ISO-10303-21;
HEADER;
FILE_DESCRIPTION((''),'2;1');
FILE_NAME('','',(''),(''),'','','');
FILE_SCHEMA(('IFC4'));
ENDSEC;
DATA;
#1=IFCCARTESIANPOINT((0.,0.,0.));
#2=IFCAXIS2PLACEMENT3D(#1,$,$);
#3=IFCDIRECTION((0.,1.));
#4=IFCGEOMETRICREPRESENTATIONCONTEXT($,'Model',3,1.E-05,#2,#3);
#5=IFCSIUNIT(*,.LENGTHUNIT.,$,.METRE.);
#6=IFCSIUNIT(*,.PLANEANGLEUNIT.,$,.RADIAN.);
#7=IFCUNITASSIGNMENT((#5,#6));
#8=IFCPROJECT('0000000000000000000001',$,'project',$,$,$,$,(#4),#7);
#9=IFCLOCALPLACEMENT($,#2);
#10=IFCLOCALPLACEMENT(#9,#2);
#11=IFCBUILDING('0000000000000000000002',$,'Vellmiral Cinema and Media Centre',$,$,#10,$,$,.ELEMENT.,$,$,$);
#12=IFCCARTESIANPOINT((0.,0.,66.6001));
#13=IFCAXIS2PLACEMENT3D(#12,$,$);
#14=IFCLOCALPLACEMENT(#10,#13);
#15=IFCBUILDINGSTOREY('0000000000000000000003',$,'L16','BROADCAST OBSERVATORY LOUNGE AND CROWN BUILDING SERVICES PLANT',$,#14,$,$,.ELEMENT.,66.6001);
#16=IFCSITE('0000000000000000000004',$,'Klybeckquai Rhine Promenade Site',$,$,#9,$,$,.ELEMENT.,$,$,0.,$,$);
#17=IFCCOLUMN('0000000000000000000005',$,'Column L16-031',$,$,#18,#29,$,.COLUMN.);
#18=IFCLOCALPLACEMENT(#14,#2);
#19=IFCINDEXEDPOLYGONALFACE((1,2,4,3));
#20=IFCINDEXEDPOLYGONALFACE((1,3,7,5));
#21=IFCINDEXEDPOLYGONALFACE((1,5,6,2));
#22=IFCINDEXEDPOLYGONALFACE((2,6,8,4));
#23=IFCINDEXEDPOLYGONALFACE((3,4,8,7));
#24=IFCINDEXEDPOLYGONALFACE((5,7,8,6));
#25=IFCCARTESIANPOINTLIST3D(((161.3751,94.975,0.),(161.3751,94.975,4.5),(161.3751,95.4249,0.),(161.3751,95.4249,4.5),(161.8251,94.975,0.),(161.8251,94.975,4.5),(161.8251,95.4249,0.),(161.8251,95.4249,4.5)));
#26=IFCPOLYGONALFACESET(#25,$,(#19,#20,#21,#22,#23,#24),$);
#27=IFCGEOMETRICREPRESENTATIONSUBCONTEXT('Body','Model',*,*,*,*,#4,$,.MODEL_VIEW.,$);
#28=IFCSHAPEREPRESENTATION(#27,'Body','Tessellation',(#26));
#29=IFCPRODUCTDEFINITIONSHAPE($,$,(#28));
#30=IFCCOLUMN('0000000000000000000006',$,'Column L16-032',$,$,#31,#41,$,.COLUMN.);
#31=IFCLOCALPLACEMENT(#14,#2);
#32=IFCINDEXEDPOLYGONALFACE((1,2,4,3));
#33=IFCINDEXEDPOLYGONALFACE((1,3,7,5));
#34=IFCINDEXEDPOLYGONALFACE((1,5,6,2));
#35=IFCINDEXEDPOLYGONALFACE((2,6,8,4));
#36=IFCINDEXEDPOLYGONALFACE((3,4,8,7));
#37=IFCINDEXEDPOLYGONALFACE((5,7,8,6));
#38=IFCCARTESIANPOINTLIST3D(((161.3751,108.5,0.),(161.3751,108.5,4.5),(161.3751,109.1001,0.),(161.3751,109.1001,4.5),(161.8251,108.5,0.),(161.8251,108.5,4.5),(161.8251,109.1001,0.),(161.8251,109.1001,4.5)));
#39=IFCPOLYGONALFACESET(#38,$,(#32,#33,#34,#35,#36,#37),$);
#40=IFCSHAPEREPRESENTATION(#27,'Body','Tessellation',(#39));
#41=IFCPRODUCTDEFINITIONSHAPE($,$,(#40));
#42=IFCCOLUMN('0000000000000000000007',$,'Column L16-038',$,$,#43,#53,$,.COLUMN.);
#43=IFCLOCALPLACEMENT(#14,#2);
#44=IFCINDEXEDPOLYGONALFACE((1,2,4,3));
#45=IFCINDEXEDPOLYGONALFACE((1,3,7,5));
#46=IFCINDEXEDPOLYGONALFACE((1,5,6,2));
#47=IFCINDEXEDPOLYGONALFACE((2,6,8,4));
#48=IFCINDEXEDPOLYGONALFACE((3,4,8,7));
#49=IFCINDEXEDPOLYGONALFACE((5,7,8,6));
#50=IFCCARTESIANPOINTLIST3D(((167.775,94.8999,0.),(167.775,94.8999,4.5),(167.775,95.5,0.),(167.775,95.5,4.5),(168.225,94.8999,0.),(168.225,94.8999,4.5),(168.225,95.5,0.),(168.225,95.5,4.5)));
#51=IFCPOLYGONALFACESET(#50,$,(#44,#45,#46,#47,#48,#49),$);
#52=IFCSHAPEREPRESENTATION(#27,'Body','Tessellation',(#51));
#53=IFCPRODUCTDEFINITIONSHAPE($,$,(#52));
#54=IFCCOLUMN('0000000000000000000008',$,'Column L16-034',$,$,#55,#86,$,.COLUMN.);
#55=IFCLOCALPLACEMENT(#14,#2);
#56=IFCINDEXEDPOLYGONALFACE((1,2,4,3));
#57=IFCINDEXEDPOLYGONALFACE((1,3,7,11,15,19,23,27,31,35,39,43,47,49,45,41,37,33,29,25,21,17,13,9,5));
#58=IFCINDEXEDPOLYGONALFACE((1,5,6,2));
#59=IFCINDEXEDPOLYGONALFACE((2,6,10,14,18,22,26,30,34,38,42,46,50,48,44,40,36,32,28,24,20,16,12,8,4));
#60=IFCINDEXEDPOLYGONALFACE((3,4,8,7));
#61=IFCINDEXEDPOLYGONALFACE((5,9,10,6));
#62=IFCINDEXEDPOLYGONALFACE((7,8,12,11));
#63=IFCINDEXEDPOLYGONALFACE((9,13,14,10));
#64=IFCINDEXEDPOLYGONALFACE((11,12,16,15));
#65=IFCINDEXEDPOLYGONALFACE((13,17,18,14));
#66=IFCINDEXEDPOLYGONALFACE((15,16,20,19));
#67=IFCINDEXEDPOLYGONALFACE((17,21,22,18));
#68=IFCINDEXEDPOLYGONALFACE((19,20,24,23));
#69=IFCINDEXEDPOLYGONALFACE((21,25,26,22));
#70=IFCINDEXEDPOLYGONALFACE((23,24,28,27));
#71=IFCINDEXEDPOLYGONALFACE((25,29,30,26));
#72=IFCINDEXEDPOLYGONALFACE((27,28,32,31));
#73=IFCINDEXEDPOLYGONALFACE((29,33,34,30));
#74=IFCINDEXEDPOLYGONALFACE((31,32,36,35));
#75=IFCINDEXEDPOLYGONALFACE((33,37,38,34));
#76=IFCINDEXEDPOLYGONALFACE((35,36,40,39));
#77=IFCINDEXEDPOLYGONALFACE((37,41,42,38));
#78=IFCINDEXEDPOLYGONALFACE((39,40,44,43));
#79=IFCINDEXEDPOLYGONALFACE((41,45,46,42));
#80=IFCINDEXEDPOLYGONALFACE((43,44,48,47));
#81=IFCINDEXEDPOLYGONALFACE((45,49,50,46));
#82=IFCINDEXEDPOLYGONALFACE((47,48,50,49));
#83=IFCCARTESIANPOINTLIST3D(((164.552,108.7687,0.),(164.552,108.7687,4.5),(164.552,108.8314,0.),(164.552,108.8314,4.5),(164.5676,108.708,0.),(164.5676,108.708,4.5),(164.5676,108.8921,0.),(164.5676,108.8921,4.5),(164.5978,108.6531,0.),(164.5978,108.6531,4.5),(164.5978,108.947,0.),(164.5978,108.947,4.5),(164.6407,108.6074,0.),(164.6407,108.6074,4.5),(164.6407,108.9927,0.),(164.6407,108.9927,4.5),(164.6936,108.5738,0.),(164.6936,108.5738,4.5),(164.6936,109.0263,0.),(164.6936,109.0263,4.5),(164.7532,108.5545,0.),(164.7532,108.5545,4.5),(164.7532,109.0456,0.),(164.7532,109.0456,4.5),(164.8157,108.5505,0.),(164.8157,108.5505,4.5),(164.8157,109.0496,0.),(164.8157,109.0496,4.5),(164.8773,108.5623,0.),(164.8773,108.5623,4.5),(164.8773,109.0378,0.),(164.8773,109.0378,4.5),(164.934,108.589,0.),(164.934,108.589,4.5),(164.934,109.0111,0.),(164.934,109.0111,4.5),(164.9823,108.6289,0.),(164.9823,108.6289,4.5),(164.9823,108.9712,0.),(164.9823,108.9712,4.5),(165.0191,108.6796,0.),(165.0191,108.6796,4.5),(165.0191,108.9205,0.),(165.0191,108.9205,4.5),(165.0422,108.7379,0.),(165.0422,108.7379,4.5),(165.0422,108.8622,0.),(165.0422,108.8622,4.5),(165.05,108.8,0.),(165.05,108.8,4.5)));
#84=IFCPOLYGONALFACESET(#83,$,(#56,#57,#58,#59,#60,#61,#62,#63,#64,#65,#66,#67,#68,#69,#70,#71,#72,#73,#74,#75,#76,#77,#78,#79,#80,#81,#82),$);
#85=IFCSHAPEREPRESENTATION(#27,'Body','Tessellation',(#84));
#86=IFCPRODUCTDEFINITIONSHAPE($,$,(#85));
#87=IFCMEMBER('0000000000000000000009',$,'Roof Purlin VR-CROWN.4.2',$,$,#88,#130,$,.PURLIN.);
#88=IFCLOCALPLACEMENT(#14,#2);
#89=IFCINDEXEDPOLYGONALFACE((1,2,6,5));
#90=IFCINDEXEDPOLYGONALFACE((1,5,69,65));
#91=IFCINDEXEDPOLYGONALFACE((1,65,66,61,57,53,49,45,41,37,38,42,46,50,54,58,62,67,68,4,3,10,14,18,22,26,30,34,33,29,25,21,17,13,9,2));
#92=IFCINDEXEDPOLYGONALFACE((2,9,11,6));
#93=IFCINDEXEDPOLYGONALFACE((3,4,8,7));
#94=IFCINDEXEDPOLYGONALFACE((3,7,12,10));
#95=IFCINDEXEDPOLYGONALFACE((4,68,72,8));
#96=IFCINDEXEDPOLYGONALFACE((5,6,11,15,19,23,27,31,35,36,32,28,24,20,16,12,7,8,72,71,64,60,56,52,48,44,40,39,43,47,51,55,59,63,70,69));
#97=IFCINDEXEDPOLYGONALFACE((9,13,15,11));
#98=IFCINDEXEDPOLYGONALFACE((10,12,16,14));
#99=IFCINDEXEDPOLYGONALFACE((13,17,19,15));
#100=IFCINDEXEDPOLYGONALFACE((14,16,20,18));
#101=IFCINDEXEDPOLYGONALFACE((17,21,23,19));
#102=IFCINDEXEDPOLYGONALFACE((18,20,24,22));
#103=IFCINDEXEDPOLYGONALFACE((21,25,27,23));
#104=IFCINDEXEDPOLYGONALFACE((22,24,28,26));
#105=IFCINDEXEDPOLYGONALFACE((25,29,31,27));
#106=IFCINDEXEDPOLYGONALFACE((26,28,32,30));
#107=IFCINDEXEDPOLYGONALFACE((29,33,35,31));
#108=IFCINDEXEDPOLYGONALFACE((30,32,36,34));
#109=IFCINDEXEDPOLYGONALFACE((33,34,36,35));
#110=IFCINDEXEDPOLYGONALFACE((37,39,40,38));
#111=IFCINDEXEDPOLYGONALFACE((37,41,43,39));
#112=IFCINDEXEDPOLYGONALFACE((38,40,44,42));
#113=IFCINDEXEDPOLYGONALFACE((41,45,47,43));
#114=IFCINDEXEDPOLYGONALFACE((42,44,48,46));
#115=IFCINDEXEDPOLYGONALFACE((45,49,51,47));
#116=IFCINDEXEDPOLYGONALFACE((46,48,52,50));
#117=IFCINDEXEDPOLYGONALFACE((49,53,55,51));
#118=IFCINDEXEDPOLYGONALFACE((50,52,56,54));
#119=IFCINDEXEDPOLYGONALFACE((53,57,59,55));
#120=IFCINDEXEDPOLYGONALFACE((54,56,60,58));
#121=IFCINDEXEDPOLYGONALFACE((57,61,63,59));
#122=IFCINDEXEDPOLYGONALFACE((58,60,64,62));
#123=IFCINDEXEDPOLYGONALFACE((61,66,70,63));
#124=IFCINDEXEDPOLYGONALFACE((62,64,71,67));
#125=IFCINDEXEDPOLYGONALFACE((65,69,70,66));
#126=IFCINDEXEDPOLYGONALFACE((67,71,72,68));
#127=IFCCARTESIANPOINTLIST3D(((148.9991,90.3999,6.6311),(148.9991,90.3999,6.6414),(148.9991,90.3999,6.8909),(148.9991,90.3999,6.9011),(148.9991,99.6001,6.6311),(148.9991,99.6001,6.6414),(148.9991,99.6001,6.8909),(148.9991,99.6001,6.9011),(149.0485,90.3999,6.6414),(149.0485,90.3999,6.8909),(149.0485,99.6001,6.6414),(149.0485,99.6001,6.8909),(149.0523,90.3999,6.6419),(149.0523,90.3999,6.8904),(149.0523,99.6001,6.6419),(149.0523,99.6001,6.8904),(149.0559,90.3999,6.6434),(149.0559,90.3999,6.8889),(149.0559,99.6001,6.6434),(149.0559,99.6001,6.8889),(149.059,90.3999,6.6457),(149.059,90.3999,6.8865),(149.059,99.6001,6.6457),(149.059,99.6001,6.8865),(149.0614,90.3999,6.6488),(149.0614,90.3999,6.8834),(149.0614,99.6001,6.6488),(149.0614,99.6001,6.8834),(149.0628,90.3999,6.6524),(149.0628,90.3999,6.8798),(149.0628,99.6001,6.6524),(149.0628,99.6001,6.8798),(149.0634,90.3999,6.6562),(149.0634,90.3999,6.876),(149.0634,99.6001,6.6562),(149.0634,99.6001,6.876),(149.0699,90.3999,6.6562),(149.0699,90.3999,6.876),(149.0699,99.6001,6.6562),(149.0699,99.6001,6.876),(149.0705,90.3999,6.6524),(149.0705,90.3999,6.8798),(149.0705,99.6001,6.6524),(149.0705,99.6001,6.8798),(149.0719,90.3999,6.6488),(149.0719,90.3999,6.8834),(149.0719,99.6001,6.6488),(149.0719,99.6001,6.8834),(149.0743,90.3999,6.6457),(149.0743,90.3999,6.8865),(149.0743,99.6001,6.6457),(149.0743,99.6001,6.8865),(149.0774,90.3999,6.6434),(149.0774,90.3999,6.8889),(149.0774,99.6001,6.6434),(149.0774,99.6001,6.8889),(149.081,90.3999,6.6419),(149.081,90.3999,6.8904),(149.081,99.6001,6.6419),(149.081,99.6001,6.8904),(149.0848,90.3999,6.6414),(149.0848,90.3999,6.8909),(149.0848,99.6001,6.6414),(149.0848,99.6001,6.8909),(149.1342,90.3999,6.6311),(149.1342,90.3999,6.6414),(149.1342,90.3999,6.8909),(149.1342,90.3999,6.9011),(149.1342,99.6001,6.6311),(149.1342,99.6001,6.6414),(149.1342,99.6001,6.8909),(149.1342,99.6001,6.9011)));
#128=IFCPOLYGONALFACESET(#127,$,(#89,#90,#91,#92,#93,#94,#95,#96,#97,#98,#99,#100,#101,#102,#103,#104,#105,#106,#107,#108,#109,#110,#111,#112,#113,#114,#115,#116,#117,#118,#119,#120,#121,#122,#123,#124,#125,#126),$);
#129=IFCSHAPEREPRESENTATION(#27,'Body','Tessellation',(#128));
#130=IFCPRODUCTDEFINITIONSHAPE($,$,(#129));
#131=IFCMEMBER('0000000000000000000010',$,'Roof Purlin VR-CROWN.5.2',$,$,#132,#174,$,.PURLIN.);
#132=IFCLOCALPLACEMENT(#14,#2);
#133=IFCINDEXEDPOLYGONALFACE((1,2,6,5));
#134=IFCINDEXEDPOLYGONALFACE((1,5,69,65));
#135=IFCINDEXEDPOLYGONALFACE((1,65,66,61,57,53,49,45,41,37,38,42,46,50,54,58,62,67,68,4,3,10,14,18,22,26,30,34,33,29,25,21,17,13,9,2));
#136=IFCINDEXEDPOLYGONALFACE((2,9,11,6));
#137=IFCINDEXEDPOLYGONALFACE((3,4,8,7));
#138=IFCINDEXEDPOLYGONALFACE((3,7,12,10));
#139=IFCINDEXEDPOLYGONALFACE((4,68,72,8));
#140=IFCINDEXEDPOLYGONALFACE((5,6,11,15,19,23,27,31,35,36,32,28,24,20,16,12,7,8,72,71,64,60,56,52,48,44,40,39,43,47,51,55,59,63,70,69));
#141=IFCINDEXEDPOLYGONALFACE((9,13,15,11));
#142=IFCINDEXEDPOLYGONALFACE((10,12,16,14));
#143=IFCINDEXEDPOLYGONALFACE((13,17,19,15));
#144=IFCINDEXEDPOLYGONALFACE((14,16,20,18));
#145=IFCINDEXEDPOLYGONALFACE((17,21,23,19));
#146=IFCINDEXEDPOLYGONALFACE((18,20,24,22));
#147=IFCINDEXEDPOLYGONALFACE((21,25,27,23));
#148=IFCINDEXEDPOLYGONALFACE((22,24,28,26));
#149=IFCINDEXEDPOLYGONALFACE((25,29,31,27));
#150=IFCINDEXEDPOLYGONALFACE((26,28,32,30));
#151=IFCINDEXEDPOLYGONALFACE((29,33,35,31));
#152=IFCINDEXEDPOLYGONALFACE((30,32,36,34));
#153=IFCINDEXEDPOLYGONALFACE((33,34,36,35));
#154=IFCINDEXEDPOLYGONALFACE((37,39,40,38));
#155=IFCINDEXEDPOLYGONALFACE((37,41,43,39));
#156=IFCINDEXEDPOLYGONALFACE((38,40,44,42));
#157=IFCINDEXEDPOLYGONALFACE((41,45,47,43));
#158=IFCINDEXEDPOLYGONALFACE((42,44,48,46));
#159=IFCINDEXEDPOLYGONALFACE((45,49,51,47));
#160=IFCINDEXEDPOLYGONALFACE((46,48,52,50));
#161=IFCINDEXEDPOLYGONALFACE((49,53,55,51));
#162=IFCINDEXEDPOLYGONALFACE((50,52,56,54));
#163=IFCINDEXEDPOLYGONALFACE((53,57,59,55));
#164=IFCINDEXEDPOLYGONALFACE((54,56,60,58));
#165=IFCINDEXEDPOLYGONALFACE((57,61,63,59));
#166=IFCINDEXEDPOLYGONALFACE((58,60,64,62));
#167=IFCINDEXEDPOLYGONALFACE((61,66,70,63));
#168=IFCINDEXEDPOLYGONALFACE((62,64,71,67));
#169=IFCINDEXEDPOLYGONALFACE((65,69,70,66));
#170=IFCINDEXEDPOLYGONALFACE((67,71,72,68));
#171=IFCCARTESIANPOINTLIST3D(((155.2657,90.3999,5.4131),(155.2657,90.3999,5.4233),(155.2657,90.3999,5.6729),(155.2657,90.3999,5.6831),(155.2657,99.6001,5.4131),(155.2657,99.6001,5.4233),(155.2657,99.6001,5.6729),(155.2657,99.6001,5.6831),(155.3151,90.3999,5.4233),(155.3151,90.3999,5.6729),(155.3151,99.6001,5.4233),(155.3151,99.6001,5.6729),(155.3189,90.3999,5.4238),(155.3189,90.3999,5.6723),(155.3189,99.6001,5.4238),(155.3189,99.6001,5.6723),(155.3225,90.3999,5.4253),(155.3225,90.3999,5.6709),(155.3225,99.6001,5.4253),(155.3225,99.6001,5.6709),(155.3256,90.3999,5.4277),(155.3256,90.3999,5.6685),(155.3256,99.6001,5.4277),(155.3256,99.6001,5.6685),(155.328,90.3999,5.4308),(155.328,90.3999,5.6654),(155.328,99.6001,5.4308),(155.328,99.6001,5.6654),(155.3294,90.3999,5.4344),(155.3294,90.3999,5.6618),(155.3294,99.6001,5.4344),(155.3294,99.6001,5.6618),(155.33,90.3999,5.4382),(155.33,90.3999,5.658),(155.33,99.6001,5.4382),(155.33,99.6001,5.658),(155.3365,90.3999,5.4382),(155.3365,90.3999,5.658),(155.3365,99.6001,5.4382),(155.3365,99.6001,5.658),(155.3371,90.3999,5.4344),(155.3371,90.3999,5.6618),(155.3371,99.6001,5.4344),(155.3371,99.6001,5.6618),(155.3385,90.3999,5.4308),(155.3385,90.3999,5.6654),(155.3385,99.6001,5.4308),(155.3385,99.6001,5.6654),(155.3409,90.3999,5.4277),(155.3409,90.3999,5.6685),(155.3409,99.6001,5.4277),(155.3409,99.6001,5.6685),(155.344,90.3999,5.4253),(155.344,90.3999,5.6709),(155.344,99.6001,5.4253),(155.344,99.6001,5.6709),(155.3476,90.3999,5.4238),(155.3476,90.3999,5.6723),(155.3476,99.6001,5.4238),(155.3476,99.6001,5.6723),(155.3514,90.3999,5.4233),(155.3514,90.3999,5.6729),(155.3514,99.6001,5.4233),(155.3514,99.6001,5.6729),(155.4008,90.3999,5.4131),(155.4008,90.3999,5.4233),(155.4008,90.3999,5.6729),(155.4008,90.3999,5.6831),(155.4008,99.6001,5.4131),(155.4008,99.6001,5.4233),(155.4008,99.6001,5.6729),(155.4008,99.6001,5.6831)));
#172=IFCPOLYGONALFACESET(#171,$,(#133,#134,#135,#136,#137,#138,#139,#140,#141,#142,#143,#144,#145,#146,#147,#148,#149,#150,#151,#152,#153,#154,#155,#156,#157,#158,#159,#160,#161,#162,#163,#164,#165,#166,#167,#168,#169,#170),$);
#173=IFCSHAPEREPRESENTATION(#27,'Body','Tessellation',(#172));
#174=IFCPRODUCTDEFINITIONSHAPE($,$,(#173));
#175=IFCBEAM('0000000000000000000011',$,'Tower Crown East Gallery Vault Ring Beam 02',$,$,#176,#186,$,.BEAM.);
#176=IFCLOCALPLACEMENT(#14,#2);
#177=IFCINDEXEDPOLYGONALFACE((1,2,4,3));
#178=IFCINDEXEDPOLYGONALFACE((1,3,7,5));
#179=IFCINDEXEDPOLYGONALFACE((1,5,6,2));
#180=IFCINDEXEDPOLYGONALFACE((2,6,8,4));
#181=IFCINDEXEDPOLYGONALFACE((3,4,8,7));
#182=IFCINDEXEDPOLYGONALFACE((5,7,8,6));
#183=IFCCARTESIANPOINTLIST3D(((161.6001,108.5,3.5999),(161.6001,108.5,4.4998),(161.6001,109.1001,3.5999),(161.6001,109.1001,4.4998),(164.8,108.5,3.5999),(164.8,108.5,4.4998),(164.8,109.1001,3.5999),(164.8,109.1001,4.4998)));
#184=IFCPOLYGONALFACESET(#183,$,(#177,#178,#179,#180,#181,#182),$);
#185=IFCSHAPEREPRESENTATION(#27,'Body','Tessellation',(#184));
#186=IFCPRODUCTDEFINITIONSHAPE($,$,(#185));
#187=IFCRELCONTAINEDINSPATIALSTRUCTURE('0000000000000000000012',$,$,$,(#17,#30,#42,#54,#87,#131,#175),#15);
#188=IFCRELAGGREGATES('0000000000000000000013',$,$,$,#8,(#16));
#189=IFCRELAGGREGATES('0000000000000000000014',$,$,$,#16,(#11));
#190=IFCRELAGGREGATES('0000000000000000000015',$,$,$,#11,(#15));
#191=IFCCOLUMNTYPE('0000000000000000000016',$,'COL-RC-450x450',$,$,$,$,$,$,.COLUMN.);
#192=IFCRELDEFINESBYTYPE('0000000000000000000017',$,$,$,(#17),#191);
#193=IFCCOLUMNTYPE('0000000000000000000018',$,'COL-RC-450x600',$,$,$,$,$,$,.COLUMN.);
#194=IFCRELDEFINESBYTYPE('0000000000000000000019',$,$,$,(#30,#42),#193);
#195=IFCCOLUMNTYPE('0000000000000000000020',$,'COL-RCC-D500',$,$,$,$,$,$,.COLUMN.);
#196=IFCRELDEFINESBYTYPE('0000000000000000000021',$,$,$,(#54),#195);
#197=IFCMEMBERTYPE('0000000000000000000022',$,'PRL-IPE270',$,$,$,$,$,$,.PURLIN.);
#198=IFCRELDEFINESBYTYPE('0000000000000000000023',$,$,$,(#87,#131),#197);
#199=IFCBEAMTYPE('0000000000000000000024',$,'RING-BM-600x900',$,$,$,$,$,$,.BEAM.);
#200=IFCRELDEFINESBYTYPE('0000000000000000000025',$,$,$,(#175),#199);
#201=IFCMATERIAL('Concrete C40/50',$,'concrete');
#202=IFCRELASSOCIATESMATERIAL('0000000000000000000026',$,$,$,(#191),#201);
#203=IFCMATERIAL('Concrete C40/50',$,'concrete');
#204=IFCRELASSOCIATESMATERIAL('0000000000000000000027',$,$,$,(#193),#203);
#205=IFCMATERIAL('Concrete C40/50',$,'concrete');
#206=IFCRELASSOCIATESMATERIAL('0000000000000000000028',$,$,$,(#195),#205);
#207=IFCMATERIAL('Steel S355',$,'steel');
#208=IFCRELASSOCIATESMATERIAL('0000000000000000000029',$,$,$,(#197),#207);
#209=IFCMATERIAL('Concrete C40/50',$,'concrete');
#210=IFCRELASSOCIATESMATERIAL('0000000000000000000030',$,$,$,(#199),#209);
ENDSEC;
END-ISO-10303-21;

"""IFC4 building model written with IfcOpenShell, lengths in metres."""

from ifc_helpers import new_model, si_unit, direction, frame, origin, origin_2d, place, context, subcontext, project, spatial, rectangle, circle, i_section, extrude, material, material_profile, profile_set, type_object, element, save


model = new_model("IFC4")

# Units and contexts
model_context = context("Model", 3, precision=1e-05, world=origin(), true_north=direction((0.0, 1.0)))
body_context = subcontext(model_context, "Body", "Model", "MODEL_VIEW")
ifc_project = project(units=[si_unit("LENGTHUNIT", "METRE"), si_unit("PLANEANGLEUNIT", "RADIAN")], contexts=[model_context])

# Site, building, storey
site_placement = place(None, origin())
site = spatial("IfcSite", under=ifc_project, at=site_placement, Name="Klybeckquai Rhine Promenade Site", CompositionType="ELEMENT", RefElevation=0.0)
building_placement = place(site_placement, origin())
building = spatial("IfcBuilding", under=site, at=building_placement, Name="Vellmiral Cinema and Media Centre", CompositionType="ELEMENT")
storey_placement = place(building_placement, frame((0.0, 0.0, 66.6001)))
storey = spatial("IfcBuildingStorey", under=building, at=storey_placement, Name="L16", Description="BROADCAST OBSERVATORY LOUNGE AND CROWN BUILDING SERVICES PLANT", CompositionType="ELEMENT", Elevation=66.6001)

# Columns
ifc_material_1 = material(Name="Concrete C40/50", Category="concrete")
ifc_material_profile_1 = material_profile(ifc_material_1, rectangle(XDim=0.45, YDim=0.45, at=origin_2d()), Name="RC 450x450")
ifc_profile_set_1 = profile_set([ifc_material_profile_1], Name="Concrete C40/50")
column_type_1 = type_object("IfcColumnType", Name="COL-RC-450x450", PredefinedType="COLUMN", material=ifc_profile_set_1)
column_1_placement = place(storey_placement, frame((161.6001, 95.2, 0.0), z_axis=(0.0, 0.0, 1.0), x_axis=(1.0, 0.0, 0.0)))
element("IfcColumn", 1, at=column_1_placement, inside=storey, type_object=column_type_1, Name="Column L16-031", PredefinedType="COLUMN", context=body_context, shape_type="SweptSolid", body=[
    extrude(rectangle(XDim=0.45, YDim=0.45, at=origin_2d()), origin(), (0.0, 0.0, 1.0), 4.5),
])
ifc_material_2 = material(Name="Concrete C40/50", Category="concrete")
ifc_material_profile_2 = material_profile(ifc_material_2, rectangle(XDim=0.45, YDim=0.6001, at=origin_2d()), Name="RC 450x600")
ifc_profile_set_2 = profile_set([ifc_material_profile_2], Name="Concrete C40/50")
column_type_2 = type_object("IfcColumnType", Name="COL-RC-450x600", PredefinedType="COLUMN", material=ifc_profile_set_2)
for number, where, z_axis, x_axis, name in (
    (2, (161.6001, 108.8, 0.0), (0.0, 0.0, 1.0), (1.0, 0.0, 0.0), "Column L16-032"),
    (3, (168.0, 95.2, 0.0), (0.0, 0.0, 1.0), (1.0, 0.0, 0.0), "Column L16-038"),
):
    element("IfcColumn", number, at=place(storey_placement, frame(where, z_axis=z_axis, x_axis=x_axis)), inside=storey, type_object=column_type_2, Name=name, PredefinedType="COLUMN", context=body_context, shape_type="SweptSolid", body=[
        extrude(rectangle(XDim=0.45, YDim=0.6001, at=origin_2d()), origin(), (0.0, 0.0, 1.0), 4.5),
    ])
ifc_material_3 = material(Name="Concrete C40/50", Category="concrete")
ifc_material_profile_3 = material_profile(ifc_material_3, circle(Radius=0.25, at=origin_2d()), Name="RC D500")
ifc_profile_set_3 = profile_set([ifc_material_profile_3], Name="Concrete C40/50")
column_type_3 = type_object("IfcColumnType", Name="COL-RCC-D500", PredefinedType="COLUMN", material=ifc_profile_set_3)
column_2_placement = place(storey_placement, frame((164.8, 108.8, 0.0), z_axis=(0.0, 0.0, 1.0), x_axis=(1.0, 0.0, 0.0)))
element("IfcColumn", 4, at=column_2_placement, inside=storey, type_object=column_type_3, Name="Column L16-034", PredefinedType="COLUMN", context=body_context, shape_type="SweptSolid", body=[
    extrude(circle(Radius=0.25, at=origin_2d()), origin(), (0.0, 0.0, 1.0), 4.5),
])

# Members
ifc_material_4 = material(Name="Steel S355", Category="steel")
ifc_material_profile_4 = material_profile(ifc_material_4, i_section(OverallWidth=0.135, OverallDepth=0.27, WebThickness=0.0066, FlangeThickness=0.0103, FilletRadius=0.0149, at=origin_2d()), Name="IPE 270")
ifc_profile_set_4 = profile_set([ifc_material_profile_4], Name="Steel S355")
member_type_1 = type_object("IfcMemberType", Name="PRL-IPE270", PredefinedType="PURLIN", material=ifc_profile_set_4)
for number, where, z_axis, x_axis, name in (
    (5, (149.0667, 90.3999, 6.7661), (0.0, 1.0, 0.0), (-1.0, 0.0, 0.0), "Roof Purlin VR-CROWN.4.2"),
    (6, (155.3333, 90.3999, 5.5481), (0.0, 1.0, 0.0), (-1.0, 0.0, 0.0), "Roof Purlin VR-CROWN.5.2"),
):
    element("IfcMember", number, at=place(storey_placement, frame(where, z_axis=z_axis, x_axis=x_axis)), inside=storey, type_object=member_type_1, Name=name, PredefinedType="PURLIN", context=body_context, shape_type="SweptSolid", body=[
        extrude(i_section(OverallWidth=0.135, OverallDepth=0.27, WebThickness=0.0066, FlangeThickness=0.0103, FilletRadius=0.0149, at=origin_2d()), origin(), (0.0, 0.0, 1.0), 9.2002),
    ])

# Beam
ifc_material_5 = material(Name="Concrete C40/50", Category="concrete")
ifc_material_profile_5 = material_profile(ifc_material_5, rectangle(XDim=0.6001, YDim=0.8999, at=origin_2d()), Name="RC 600x900")
ifc_profile_set_5 = profile_set([ifc_material_profile_5], Name="Concrete C40/50")
beam_type_1 = type_object("IfcBeamType", Name="RING-BM-600x900", PredefinedType="BEAM", material=ifc_profile_set_5)
beam_1_placement = place(storey_placement, frame((161.6001, 108.8, 4.0498), z_axis=(1.0, 0.0, 0.0), x_axis=(0.0, 1.0, 0.0)))
element("IfcBeam", 7, at=beam_1_placement, inside=storey, type_object=beam_type_1, Name="Tower Crown East Gallery Vault Ring Beam 02", PredefinedType="BEAM", context=body_context, shape_type="SweptSolid", body=[
    extrude(rectangle(XDim=0.6001, YDim=0.8999, at=origin_2d()), origin(), (0.0, 0.0, 1.0), 3.2),
])

save(model, "model.ifc")
